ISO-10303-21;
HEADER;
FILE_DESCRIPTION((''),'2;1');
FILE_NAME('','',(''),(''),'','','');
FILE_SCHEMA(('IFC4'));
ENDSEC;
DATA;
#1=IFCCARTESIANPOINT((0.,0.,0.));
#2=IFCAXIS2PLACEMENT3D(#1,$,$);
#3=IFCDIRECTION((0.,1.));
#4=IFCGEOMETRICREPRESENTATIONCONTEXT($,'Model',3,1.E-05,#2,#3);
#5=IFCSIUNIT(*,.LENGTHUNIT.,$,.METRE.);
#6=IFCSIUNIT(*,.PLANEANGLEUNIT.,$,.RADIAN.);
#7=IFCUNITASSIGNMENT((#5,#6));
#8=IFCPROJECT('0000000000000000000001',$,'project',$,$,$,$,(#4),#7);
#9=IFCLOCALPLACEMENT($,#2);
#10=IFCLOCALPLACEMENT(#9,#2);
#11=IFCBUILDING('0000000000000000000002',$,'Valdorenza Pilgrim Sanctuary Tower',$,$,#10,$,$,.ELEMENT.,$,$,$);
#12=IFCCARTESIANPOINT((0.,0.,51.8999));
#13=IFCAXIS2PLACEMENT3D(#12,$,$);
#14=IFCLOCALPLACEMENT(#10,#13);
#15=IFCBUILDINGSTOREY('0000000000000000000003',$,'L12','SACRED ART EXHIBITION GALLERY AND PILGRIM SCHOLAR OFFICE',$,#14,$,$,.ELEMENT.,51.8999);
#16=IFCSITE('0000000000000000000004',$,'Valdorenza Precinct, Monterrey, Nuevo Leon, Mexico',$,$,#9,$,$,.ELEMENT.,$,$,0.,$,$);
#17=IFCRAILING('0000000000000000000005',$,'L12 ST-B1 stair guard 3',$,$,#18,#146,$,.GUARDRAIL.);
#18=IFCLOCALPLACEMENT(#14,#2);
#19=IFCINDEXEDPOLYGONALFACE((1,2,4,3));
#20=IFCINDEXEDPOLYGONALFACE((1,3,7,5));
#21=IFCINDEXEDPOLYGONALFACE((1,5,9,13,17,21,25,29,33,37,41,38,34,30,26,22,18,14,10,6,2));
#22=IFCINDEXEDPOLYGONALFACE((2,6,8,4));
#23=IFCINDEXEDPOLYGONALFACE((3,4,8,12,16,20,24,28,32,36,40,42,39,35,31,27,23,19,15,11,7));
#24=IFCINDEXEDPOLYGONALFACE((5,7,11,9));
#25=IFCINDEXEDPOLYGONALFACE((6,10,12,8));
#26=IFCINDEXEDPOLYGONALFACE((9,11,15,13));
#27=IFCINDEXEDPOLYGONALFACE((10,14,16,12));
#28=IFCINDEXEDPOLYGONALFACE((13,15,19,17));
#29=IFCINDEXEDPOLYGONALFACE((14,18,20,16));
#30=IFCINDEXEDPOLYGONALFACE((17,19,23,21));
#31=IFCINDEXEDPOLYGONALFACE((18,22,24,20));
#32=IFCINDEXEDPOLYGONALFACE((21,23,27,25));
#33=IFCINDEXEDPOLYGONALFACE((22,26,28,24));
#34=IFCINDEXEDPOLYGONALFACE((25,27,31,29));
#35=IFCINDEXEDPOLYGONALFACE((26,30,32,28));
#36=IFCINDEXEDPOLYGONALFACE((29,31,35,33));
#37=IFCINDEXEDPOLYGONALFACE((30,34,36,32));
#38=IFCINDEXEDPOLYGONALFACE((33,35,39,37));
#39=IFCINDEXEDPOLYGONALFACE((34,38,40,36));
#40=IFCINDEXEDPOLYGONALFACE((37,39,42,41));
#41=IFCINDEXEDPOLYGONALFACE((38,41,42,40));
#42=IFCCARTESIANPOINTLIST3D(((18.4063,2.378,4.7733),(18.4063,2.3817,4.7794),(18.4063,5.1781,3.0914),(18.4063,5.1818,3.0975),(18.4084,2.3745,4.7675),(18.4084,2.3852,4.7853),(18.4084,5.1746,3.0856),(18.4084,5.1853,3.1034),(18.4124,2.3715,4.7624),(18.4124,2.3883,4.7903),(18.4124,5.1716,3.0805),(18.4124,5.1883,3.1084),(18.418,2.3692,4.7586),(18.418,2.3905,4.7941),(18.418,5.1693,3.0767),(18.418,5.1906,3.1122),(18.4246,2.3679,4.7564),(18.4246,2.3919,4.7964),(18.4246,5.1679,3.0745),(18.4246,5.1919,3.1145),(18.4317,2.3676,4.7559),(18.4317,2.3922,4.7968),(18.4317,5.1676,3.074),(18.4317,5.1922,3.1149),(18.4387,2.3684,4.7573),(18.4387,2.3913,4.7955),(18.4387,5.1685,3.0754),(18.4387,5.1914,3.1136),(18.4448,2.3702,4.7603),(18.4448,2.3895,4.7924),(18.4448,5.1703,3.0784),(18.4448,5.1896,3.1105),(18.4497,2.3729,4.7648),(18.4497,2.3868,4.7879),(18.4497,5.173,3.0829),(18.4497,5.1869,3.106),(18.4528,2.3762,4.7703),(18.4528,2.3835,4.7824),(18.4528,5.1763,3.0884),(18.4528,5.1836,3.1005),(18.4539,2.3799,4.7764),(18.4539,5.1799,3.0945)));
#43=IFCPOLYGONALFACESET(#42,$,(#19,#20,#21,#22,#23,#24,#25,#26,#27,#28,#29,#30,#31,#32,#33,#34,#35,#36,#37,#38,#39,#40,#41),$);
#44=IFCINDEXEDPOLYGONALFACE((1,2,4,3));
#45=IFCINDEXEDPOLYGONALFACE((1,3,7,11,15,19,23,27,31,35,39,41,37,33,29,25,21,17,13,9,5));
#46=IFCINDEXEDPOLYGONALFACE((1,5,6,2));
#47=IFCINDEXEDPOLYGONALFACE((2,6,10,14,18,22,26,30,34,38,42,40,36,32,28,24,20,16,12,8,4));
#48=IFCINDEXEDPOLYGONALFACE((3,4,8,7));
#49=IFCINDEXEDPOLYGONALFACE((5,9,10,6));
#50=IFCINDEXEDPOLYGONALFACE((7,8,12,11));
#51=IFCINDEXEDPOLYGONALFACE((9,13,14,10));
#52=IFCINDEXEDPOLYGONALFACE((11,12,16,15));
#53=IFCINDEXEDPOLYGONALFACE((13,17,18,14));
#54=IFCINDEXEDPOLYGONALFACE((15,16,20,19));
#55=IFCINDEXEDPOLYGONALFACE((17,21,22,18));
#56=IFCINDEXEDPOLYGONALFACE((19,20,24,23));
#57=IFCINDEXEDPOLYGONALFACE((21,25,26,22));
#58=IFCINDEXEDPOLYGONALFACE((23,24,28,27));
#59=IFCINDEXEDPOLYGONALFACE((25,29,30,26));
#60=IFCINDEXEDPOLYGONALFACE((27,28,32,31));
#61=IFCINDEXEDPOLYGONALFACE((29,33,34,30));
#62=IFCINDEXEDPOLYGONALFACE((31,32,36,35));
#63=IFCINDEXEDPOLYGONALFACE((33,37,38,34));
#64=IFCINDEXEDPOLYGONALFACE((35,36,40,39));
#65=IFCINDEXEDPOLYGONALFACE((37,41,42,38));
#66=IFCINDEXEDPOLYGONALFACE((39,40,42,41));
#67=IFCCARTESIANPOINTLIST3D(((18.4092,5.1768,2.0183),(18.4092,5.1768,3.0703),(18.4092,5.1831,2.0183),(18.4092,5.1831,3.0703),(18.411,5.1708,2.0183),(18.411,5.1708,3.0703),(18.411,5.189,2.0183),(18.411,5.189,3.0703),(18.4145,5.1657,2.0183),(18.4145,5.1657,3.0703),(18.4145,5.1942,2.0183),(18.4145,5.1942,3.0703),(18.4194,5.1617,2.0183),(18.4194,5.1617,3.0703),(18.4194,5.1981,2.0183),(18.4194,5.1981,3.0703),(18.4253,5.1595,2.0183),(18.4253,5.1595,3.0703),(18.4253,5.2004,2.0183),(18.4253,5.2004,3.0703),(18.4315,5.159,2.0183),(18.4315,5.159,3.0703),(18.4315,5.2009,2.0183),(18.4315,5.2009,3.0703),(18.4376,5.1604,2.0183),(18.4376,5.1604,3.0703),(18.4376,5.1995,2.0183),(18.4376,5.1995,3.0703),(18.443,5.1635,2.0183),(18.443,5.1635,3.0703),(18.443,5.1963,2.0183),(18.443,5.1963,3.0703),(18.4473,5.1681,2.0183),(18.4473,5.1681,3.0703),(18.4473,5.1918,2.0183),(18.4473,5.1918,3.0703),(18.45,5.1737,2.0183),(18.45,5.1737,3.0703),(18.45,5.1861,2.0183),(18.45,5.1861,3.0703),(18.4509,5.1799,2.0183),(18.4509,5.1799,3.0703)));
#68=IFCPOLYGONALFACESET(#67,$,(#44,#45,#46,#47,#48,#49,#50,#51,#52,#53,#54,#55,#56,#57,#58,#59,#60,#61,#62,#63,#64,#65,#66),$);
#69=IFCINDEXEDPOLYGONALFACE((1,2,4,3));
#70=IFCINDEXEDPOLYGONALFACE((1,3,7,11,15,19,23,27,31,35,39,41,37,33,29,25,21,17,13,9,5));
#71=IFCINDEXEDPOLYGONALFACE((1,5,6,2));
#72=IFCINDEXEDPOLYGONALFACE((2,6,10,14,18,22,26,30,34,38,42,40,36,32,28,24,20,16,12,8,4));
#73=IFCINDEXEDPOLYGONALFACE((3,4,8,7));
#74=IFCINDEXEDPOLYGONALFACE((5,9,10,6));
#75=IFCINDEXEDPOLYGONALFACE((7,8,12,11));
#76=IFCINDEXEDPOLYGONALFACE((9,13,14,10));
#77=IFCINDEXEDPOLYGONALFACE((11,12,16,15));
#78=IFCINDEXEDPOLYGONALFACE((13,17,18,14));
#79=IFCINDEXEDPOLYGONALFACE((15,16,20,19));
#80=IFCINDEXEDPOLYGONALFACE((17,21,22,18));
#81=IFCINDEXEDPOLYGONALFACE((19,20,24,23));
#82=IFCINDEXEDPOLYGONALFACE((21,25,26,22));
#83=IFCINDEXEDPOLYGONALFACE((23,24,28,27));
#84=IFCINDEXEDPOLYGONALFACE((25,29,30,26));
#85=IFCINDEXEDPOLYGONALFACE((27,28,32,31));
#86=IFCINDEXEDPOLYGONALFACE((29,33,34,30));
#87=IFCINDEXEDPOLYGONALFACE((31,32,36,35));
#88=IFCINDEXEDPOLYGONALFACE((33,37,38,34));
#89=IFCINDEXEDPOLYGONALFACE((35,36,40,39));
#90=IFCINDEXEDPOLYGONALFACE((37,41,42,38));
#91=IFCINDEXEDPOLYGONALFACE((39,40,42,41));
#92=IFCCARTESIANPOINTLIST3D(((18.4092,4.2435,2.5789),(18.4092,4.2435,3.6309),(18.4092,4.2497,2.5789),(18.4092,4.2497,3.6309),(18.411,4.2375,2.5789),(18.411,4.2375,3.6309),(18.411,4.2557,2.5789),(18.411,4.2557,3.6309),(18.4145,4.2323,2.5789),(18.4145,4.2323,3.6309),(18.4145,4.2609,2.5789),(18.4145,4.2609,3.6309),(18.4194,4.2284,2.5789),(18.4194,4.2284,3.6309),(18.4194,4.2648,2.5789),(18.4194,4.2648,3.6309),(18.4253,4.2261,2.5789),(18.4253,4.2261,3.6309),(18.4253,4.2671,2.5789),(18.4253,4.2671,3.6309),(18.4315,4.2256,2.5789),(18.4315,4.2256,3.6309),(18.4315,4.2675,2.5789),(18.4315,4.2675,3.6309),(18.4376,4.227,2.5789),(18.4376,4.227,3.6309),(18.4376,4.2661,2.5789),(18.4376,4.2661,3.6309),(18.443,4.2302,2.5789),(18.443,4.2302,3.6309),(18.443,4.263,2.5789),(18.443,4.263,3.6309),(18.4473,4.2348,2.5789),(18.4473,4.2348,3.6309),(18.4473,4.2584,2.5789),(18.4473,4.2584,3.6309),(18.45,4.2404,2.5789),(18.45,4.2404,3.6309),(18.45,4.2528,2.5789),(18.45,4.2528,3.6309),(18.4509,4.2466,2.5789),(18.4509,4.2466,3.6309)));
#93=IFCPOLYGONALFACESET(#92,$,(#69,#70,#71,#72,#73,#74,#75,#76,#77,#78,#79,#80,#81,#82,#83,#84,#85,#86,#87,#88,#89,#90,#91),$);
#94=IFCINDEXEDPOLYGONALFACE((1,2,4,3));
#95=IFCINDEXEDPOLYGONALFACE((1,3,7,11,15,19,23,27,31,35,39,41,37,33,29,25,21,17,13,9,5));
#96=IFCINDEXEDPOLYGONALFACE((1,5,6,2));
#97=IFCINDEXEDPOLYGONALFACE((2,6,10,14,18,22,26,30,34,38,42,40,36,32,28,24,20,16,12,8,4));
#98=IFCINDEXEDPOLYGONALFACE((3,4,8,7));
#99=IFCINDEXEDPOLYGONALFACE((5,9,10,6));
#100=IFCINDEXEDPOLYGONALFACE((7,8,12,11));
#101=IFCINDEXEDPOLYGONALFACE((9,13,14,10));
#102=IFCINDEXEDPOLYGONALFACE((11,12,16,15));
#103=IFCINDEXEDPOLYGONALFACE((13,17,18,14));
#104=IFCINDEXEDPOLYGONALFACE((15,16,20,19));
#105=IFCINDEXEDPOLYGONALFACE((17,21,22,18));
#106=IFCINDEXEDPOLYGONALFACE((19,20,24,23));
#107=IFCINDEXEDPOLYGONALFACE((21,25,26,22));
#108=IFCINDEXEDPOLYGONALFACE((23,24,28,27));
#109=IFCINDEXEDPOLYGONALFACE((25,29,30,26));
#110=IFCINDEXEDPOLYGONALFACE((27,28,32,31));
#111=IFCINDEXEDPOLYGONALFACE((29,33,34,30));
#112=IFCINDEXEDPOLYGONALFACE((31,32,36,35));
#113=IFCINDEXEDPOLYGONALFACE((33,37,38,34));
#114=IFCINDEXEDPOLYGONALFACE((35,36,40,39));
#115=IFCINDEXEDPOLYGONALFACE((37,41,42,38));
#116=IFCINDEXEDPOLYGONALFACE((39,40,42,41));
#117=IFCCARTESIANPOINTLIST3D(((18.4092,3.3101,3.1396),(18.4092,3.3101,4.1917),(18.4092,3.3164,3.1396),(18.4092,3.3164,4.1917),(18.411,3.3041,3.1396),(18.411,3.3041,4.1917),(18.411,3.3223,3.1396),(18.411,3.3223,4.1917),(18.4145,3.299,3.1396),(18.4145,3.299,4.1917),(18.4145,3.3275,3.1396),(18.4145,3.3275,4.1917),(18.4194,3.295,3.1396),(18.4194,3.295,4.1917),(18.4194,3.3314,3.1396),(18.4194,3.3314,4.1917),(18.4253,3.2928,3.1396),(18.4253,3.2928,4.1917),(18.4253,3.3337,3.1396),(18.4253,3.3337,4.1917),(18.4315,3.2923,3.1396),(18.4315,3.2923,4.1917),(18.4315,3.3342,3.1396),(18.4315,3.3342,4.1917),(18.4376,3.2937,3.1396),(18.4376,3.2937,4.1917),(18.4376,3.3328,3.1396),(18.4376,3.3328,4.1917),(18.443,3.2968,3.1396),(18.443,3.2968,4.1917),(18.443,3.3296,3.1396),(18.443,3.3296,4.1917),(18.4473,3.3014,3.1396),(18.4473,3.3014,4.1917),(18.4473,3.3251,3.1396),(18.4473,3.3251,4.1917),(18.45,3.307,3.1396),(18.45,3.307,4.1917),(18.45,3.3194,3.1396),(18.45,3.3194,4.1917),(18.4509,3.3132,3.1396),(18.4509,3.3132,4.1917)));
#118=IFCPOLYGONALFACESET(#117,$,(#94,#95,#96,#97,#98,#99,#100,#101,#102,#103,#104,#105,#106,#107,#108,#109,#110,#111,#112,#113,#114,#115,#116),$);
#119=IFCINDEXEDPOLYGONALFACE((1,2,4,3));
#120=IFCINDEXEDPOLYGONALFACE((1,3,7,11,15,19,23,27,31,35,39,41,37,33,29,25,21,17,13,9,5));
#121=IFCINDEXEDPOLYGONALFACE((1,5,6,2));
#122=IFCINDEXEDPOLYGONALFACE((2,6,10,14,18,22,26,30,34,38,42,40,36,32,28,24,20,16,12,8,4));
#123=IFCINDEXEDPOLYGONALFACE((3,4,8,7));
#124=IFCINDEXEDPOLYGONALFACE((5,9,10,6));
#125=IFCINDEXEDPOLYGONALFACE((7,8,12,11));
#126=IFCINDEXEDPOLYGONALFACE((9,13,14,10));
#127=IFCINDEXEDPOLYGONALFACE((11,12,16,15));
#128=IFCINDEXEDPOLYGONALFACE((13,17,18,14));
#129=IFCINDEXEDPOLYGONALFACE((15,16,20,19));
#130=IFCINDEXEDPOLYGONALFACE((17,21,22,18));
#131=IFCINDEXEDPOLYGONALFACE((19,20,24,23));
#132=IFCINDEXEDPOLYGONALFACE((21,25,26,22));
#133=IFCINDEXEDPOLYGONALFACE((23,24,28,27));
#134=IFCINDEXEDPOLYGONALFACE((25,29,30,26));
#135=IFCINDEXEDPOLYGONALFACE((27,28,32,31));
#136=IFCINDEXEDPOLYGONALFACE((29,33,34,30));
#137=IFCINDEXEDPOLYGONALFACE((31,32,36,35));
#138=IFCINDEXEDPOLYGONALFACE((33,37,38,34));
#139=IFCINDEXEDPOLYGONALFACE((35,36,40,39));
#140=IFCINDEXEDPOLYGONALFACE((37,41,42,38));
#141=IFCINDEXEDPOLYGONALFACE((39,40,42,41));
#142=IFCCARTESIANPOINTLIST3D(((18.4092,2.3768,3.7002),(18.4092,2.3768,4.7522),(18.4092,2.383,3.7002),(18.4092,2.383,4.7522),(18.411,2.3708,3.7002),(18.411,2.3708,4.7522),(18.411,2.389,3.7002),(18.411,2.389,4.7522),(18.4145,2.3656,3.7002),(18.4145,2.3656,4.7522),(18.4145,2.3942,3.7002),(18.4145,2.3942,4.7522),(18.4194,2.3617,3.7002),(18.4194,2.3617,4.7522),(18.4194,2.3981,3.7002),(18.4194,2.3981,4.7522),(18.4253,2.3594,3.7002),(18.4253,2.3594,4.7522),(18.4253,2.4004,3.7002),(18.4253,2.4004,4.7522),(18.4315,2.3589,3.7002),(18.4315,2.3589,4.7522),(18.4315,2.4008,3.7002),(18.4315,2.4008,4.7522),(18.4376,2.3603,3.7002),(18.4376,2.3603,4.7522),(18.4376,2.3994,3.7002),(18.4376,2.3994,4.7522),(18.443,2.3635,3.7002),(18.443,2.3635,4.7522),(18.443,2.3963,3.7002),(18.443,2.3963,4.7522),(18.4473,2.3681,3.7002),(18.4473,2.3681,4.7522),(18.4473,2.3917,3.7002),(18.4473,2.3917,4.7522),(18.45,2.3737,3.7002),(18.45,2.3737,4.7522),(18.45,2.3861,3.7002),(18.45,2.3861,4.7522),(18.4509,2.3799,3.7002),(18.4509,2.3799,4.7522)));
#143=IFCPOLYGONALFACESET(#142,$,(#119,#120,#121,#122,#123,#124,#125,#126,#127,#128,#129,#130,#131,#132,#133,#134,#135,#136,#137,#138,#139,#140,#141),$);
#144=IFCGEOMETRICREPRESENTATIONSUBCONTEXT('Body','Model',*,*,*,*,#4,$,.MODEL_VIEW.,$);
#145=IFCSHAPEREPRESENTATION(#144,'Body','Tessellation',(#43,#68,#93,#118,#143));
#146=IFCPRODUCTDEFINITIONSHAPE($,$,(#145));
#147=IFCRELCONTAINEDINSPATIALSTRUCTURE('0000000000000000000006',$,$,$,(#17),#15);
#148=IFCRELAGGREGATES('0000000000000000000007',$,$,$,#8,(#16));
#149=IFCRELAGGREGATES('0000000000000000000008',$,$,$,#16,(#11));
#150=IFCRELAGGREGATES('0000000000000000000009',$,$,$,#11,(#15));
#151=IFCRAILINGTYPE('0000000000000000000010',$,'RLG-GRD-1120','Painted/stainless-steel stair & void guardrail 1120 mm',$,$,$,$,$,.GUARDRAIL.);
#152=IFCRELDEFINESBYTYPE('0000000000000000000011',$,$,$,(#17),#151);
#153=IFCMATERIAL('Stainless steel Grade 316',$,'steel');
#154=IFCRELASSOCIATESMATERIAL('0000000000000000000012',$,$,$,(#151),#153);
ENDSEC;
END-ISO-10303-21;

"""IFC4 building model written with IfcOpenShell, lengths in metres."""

from ifc_helpers import new_model, si_unit, direction, frame, origin, origin_2d, place, context, subcontext, project, spatial, circle, extrude, material, type_object, element, save


model = new_model("IFC4")

# Units and contexts
model_context = context("Model", 3, precision=1e-05, world=origin(), true_north=direction((0.0, 1.0)))
body_context = subcontext(model_context, "Body", "Model", "MODEL_VIEW")
ifc_project = project(units=[si_unit("LENGTHUNIT", "METRE"), si_unit("PLANEANGLEUNIT", "RADIAN")], contexts=[model_context])

# Site, building, storey
site_placement = place(None, origin())
site = spatial("IfcSite", under=ifc_project, at=site_placement, Name="Valdorenza Precinct, Monterrey, Nuevo Leon, Mexico", CompositionType="ELEMENT", RefElevation=0.0)
building_placement = place(site_placement, origin())
building = spatial("IfcBuilding", under=site, at=building_placement, Name="Valdorenza Pilgrim Sanctuary Tower", CompositionType="ELEMENT")
storey_placement = place(building_placement, frame((0.0, 0.0, 51.8999)))
storey = spatial("IfcBuildingStorey", under=building, at=storey_placement, Name="L12", Description="SACRED ART EXHIBITION GALLERY AND PILGRIM SCHOLAR OFFICE", CompositionType="ELEMENT", Elevation=51.8999)

# Railing
ifc_material_1 = material(Name="Stainless steel Grade 316", Category="steel")
railing_type_1 = type_object("IfcRailingType", Name="RLG-GRD-1120", Description="Painted/stainless-steel stair & void guardrail 1120 mm", PredefinedType="GUARDRAIL", material=ifc_material_1)
railing_1_placement = place(storey_placement, frame((18.4299, 5.1799, 2.0183)))
element("IfcRailing", 1, at=railing_1_placement, inside=storey, type_object=railing_type_1, Name="L12 ST-B1 stair guard 3", PredefinedType="GUARDRAIL", context=body_context, shape_type="SweptSolid", body=[
    extrude(circle(Radius=0.0239, at=origin_2d()), frame((0.0, 0.0, 1.0762), z_axis=(0.0, -0.857242, 0.514913), x_axis=(1.0, 0.0, 0.0)), (0.0, 0.0, 1.0), 3.2664),
    extrude(circle(Radius=0.021, at=origin_2d()), origin(), (0.0, 0.0, 1.0), 1.052),
    extrude(circle(Radius=0.021, at=origin_2d()), frame((0.0, -0.9333, 0.5605)), (0.0, 0.0, 1.0), 1.052),
    extrude(circle(Radius=0.021, at=origin_2d()), frame((0.0, -1.8667, 1.1213)), (0.0, 0.0, 1.0), 1.052),
    extrude(circle(Radius=0.021, at=origin_2d()), frame((0.0, -2.8, 1.6819)), (0.0, 0.0, 1.0), 1.052),
])

save(model, "model.ifc")
